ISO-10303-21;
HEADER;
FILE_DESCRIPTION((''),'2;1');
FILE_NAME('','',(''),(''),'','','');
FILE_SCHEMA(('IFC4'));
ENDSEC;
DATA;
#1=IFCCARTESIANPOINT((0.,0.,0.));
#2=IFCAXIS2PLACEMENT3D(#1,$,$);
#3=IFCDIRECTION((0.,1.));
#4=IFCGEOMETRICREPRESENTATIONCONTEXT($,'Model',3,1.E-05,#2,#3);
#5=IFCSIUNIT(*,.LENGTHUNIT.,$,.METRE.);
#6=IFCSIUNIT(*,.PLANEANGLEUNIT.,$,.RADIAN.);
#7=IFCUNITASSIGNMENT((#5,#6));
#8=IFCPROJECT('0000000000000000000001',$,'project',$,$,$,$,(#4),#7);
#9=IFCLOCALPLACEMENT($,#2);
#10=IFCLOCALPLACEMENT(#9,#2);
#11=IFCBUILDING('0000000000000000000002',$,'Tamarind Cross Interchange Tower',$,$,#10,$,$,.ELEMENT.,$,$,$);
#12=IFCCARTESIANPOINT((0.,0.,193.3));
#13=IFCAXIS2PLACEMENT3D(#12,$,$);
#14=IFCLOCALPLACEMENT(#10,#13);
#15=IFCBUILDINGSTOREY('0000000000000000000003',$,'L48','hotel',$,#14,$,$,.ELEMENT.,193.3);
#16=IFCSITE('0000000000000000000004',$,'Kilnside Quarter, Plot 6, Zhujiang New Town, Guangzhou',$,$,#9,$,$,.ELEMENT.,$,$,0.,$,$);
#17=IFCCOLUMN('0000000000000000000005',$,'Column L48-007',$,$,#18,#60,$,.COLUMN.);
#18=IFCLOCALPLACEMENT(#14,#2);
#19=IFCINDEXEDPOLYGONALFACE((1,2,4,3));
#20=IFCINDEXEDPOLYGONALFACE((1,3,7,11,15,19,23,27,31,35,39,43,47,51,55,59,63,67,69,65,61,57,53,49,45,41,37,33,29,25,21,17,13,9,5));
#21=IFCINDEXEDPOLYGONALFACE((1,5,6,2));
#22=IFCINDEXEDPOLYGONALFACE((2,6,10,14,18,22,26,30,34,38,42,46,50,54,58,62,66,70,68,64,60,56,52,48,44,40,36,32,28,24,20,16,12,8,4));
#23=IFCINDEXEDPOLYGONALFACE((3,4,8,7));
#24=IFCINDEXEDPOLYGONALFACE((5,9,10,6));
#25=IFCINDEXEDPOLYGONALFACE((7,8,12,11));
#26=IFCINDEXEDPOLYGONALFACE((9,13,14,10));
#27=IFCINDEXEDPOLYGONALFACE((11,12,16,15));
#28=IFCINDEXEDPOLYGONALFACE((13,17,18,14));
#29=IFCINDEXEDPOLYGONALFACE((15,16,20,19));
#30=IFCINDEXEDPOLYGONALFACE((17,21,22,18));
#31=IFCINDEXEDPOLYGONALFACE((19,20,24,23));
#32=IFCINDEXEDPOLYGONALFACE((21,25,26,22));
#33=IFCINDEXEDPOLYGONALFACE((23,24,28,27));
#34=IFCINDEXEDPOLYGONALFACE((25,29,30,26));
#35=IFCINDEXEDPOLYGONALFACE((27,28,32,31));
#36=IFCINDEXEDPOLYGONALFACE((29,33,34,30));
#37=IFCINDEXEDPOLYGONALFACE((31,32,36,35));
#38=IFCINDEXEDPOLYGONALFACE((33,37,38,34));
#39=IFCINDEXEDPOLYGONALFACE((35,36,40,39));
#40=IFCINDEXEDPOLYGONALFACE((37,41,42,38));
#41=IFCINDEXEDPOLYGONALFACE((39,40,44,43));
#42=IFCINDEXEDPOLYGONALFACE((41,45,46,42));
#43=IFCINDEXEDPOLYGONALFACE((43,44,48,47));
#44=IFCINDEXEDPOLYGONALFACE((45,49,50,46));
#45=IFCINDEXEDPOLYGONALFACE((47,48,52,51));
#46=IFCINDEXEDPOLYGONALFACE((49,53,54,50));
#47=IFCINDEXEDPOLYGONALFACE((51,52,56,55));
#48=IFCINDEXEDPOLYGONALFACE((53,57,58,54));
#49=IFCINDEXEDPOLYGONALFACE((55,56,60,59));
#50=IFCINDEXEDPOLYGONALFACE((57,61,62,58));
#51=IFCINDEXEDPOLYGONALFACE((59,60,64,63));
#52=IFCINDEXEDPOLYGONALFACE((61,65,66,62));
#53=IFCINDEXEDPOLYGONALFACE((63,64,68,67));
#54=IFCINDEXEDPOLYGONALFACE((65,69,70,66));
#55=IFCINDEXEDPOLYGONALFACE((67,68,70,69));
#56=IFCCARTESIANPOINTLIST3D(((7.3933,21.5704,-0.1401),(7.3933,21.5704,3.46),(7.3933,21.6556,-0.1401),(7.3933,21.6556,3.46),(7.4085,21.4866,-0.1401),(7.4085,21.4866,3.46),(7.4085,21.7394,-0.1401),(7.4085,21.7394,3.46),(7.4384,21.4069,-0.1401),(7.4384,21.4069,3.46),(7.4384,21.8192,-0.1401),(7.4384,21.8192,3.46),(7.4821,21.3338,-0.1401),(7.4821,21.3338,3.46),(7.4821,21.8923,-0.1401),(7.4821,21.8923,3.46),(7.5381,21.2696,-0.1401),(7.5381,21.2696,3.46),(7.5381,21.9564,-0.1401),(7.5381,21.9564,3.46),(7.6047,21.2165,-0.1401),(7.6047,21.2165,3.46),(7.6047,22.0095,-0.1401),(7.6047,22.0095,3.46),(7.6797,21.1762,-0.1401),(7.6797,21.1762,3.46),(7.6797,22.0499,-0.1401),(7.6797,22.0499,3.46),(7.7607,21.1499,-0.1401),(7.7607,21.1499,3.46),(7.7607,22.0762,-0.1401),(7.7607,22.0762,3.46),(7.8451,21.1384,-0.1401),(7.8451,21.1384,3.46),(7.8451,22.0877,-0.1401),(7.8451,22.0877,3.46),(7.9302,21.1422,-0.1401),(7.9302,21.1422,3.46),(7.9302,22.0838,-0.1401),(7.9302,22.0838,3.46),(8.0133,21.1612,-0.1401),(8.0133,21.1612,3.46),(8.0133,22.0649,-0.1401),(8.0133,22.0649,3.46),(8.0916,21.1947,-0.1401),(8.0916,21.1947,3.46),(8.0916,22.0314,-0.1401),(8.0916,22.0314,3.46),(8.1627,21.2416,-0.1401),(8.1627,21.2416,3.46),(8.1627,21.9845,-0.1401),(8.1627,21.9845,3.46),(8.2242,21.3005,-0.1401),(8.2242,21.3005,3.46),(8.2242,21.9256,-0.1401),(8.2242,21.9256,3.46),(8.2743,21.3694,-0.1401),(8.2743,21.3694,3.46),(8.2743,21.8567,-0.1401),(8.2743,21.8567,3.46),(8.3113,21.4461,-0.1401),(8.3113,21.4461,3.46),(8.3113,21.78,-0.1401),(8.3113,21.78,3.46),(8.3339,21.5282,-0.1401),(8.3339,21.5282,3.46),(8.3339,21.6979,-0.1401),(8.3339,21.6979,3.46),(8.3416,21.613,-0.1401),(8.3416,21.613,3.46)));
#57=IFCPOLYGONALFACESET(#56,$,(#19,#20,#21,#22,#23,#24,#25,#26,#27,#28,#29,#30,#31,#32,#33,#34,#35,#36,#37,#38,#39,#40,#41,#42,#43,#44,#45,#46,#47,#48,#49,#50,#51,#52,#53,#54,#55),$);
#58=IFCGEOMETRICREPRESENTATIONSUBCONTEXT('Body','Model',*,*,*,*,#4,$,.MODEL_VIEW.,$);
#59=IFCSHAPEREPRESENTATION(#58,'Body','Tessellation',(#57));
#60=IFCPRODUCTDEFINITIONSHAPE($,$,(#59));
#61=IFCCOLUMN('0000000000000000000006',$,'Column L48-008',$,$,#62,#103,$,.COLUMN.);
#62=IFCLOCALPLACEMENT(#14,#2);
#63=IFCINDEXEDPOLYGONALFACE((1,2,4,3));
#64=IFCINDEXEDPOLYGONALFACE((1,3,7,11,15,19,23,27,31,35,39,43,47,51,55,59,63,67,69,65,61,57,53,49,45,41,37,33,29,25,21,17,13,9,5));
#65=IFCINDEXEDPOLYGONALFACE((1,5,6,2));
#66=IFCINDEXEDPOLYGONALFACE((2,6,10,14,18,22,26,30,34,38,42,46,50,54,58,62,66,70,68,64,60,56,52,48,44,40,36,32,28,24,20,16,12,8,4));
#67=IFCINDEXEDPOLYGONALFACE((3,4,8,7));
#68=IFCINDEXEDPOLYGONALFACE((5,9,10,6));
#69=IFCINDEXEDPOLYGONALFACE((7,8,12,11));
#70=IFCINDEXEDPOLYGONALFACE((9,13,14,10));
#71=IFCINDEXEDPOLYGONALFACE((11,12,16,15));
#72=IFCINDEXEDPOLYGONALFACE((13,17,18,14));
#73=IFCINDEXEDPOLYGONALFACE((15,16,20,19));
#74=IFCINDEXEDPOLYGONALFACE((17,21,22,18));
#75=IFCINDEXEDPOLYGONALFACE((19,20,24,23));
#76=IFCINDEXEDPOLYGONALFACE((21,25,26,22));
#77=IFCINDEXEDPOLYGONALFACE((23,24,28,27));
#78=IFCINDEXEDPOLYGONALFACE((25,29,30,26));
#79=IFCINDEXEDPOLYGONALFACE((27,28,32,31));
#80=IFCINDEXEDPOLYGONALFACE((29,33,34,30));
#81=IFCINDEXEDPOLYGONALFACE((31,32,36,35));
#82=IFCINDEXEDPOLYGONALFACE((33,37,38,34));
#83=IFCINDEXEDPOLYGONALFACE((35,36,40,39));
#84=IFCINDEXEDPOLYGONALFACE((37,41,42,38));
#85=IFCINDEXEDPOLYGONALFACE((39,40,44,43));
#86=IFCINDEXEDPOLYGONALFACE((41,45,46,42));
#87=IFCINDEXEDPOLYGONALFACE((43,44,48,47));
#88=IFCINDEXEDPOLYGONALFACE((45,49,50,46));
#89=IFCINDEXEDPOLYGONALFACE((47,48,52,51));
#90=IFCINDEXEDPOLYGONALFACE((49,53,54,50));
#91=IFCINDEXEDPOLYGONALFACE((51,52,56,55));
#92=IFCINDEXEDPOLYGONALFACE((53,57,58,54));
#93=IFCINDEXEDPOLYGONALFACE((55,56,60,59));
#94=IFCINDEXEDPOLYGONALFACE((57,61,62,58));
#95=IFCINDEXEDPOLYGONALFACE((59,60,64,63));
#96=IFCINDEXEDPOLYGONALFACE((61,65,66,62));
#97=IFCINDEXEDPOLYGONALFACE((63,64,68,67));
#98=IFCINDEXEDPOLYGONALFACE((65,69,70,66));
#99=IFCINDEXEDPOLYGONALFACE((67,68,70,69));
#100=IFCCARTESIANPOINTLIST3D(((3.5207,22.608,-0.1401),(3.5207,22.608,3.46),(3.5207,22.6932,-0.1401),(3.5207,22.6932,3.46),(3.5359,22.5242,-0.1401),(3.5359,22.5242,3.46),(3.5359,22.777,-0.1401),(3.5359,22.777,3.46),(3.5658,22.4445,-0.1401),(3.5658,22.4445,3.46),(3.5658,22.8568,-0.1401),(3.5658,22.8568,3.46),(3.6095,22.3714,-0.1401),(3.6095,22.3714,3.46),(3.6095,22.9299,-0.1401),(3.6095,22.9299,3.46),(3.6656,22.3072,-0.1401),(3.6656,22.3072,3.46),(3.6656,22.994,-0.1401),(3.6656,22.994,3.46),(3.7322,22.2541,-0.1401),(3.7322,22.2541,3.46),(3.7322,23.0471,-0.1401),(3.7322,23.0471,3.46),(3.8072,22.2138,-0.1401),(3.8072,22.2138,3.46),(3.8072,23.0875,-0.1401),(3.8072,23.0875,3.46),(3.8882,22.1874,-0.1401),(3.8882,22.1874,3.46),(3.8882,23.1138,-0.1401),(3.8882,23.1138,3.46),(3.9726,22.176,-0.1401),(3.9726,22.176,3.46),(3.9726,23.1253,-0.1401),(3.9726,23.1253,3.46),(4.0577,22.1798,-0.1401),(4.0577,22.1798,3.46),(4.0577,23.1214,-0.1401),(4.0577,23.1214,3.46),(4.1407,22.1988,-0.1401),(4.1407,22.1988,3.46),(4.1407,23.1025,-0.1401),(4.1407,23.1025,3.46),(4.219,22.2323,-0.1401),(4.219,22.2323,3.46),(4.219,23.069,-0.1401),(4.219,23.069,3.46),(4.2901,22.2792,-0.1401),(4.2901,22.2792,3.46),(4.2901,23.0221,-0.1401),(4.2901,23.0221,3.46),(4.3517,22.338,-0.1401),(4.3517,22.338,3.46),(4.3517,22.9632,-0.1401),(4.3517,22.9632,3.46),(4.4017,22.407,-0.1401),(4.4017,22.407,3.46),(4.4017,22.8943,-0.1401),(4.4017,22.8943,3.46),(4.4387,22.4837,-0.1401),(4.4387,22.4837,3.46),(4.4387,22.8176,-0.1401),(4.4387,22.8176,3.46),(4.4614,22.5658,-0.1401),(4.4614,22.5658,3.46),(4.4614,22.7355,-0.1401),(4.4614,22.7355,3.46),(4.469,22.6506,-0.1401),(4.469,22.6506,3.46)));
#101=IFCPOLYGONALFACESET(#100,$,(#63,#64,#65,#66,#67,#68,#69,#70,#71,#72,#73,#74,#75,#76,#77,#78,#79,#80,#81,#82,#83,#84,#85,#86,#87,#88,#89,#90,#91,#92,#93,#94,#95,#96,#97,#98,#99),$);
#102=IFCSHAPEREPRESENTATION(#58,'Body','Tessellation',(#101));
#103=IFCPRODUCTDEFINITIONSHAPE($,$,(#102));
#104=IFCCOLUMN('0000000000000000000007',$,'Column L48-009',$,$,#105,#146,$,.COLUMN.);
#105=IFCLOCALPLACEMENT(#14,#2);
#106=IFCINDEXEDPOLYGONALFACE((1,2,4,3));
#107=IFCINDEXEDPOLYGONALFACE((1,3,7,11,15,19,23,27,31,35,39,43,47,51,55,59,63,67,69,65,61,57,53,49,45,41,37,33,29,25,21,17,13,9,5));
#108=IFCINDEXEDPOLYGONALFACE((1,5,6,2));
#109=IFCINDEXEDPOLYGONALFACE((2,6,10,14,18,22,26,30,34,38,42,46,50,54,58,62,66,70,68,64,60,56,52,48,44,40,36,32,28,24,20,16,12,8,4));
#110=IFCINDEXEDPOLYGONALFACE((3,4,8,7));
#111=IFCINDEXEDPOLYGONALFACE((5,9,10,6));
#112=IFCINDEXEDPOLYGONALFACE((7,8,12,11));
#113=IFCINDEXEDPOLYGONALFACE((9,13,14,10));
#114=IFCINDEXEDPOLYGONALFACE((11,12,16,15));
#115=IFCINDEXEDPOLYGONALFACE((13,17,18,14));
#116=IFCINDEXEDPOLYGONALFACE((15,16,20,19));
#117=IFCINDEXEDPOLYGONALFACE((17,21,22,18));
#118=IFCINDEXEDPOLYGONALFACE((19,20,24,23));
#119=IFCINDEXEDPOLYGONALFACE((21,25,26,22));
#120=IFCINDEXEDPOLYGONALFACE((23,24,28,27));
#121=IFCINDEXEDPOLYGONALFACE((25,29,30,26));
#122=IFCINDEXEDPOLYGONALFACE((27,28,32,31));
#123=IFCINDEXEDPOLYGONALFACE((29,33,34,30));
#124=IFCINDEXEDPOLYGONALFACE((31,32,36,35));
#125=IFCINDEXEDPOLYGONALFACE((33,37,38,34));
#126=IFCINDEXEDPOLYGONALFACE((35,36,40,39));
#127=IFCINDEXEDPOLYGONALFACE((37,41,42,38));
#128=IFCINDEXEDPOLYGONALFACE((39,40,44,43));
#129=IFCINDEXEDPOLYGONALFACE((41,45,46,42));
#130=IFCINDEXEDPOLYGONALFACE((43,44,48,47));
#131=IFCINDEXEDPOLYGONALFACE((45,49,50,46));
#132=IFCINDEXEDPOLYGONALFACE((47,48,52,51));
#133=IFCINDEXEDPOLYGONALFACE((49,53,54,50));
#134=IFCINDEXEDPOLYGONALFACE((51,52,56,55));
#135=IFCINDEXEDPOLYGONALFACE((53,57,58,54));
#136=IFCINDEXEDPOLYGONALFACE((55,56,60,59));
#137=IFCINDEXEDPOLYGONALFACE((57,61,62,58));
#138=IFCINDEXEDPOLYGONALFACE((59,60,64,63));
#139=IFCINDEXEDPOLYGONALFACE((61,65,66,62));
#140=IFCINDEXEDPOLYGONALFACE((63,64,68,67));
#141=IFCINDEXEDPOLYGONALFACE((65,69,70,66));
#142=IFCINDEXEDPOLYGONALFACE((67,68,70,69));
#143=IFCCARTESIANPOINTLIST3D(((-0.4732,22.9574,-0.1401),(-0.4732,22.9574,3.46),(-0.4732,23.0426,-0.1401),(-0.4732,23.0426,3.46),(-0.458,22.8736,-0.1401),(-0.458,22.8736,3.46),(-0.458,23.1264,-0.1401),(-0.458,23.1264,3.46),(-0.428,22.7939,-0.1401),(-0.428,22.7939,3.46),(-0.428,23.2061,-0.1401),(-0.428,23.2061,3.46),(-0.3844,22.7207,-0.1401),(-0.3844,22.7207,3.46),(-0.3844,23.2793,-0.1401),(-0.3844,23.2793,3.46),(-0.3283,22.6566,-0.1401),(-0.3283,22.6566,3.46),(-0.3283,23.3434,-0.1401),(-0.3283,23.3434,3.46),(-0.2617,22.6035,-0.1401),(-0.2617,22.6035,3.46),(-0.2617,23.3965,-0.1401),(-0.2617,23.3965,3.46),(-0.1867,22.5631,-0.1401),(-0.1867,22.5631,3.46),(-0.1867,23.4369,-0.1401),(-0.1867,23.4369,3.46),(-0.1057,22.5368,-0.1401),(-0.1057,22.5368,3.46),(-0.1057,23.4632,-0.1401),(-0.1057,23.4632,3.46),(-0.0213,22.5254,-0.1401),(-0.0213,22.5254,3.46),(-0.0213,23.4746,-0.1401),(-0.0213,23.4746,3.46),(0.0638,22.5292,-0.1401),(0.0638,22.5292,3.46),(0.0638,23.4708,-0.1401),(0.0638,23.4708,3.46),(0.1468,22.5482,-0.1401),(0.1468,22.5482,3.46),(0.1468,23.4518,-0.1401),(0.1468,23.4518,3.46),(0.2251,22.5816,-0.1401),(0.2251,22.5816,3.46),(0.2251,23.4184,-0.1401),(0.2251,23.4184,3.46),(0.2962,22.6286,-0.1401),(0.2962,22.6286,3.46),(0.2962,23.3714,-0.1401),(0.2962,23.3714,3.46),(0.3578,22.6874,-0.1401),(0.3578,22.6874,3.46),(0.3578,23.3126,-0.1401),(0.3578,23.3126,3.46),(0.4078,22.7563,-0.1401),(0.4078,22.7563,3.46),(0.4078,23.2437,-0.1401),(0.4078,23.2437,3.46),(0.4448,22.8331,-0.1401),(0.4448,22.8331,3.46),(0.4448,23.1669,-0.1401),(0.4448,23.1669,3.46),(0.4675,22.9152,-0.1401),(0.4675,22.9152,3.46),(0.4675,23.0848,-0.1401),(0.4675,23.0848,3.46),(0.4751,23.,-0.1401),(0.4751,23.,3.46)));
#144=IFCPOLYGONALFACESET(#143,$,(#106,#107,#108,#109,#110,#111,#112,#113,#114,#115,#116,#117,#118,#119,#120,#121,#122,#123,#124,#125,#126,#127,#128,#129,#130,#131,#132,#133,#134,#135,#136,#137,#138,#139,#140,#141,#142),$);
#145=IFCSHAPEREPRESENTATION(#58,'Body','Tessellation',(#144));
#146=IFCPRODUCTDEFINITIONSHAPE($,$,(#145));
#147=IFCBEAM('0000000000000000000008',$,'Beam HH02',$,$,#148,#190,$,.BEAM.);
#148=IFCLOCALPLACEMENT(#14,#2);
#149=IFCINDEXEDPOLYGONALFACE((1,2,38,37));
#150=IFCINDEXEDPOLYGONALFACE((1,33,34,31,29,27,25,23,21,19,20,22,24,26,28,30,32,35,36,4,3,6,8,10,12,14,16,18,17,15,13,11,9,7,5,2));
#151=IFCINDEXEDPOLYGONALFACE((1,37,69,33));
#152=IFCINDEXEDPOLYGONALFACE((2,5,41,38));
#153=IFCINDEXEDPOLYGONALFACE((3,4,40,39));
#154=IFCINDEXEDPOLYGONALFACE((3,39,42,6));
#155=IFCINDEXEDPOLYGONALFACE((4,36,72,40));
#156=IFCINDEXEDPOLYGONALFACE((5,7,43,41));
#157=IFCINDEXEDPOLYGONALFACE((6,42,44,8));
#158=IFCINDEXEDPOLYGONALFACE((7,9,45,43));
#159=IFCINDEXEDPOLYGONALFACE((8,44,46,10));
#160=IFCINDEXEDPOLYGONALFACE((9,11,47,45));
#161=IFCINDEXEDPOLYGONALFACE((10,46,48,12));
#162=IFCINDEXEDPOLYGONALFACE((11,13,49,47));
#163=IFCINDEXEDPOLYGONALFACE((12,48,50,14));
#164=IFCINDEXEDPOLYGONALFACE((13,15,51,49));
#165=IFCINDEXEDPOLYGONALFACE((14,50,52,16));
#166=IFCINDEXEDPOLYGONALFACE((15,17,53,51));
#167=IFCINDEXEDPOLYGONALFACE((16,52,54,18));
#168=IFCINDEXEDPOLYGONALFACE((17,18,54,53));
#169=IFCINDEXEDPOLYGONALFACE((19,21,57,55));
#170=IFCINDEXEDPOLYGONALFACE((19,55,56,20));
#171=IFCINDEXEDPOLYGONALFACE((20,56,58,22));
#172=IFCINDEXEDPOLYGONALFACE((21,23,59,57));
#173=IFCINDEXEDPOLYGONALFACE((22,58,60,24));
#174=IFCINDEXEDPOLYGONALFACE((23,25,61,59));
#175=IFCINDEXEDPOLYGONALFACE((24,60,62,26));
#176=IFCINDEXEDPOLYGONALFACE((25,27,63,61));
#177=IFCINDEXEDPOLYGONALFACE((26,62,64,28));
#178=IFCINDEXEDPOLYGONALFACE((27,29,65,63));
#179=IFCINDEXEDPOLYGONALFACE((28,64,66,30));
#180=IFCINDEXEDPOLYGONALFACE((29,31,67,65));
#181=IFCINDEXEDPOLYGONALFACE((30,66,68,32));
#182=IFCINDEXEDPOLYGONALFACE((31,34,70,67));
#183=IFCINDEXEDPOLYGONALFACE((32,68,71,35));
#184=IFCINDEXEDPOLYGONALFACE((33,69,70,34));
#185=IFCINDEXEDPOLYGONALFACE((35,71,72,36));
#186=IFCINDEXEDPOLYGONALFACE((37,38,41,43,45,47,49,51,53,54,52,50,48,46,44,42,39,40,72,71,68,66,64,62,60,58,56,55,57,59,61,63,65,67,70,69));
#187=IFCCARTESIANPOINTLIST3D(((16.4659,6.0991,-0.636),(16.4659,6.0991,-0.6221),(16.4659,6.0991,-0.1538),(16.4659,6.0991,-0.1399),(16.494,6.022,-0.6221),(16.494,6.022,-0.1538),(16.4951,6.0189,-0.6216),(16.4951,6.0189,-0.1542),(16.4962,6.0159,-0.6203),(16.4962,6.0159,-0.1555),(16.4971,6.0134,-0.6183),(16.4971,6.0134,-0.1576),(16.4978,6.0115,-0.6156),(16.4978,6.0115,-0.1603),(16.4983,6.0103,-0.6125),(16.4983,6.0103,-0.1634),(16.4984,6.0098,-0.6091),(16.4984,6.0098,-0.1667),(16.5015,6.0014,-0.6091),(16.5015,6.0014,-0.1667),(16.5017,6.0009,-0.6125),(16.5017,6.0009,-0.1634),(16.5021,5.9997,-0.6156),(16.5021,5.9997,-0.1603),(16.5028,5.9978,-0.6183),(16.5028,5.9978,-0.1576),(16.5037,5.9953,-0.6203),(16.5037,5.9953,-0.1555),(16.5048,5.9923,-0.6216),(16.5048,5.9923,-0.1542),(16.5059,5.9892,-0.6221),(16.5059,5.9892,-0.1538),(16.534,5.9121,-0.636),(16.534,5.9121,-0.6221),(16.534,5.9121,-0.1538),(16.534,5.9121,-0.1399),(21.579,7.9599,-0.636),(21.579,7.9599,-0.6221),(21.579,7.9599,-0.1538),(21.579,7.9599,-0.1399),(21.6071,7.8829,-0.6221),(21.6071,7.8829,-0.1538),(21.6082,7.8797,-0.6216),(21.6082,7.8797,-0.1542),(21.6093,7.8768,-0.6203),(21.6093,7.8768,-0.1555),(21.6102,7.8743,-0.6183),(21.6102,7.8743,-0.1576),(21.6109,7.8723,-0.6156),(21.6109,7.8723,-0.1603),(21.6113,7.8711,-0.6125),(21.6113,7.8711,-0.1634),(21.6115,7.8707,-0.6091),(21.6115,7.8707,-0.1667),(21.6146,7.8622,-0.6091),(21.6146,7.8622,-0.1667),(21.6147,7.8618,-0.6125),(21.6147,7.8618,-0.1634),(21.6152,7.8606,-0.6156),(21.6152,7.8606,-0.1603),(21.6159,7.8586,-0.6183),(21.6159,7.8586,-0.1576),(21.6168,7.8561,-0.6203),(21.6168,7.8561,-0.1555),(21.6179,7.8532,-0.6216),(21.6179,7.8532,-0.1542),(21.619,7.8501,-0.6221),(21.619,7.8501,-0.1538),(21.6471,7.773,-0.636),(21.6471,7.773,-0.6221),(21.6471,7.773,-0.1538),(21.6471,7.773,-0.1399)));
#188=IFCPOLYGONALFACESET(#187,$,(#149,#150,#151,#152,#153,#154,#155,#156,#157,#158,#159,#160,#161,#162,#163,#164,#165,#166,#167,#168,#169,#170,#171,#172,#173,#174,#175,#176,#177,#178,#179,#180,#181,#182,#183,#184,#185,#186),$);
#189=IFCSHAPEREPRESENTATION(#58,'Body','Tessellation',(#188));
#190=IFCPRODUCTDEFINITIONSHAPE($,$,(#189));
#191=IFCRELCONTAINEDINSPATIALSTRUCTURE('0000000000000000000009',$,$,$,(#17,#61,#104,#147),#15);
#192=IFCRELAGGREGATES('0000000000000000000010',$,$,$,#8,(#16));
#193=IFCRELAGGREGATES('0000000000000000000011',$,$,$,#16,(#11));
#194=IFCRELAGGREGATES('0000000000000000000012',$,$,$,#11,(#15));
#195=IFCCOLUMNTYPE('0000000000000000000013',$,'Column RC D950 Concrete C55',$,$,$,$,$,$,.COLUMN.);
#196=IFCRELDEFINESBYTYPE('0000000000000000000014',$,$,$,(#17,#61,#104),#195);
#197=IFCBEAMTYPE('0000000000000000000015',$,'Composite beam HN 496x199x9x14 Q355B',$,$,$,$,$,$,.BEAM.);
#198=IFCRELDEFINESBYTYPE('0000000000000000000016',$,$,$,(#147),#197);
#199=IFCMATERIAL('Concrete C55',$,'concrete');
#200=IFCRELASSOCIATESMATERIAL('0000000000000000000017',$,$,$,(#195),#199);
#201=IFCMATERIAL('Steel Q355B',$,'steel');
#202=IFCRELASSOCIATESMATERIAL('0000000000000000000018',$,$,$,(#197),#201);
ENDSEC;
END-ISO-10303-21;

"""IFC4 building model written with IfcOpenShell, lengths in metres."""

from ifc_helpers import new_model, si_unit, direction, frame, origin, origin_2d, place, context, subcontext, project, spatial, circle, i_section, extrude, material, material_profile, profile_set, type_object, element, save


model = new_model("IFC4")

# Units and contexts
model_context = context("Model", 3, precision=1e-05, world=origin(), true_north=direction((0.0, 1.0)))
body_context = subcontext(model_context, "Body", "Model", "MODEL_VIEW")
ifc_project = project(units=[si_unit("LENGTHUNIT", "METRE"), si_unit("PLANEANGLEUNIT", "RADIAN")], contexts=[model_context])

# Site, building, storey
site_placement = place(None, origin())
site = spatial("IfcSite", under=ifc_project, at=site_placement, Name="Kilnside Quarter, Plot 6, Zhujiang New Town, Guangzhou", CompositionType="ELEMENT", RefElevation=0.0)
building_placement = place(site_placement, origin())
building = spatial("IfcBuilding", under=site, at=building_placement, Name="Tamarind Cross Interchange Tower", CompositionType="ELEMENT")
storey_placement = place(building_placement, frame((0.0, 0.0, 193.3)))
storey = spatial("IfcBuildingStorey", under=building, at=storey_placement, Name="L48", Description="hotel", CompositionType="ELEMENT", Elevation=193.3)

# Columns
ifc_material_1 = material(Name="Concrete C55", Category="concrete")
ifc_material_profile_1 = material_profile(ifc_material_1, circle(Radius=0.4751, at=origin_2d()), Name="RC D950")
ifc_profile_set_1 = profile_set([ifc_material_profile_1], Name="Concrete C55")
column_type = type_object("IfcColumnType", Name="Column RC D950 Concrete C55", PredefinedType="COLUMN", material=ifc_profile_set_1)
for number, where, z_axis, x_axis, name in (
    (1, (7.8665, 21.613, -0.1401), (0.0, 0.0, 1.0), (1.0, 0.0, 0.0), "Column L48-007"),
    (2, (3.9939, 22.6506, -0.1401), (0.0, 0.0, 1.0), (1.0, 0.0, 0.0), "Column L48-008"),
    (3, (0.0, 23.0, -0.1401), (0.0, 0.0, 1.0), (1.0, 0.0, 0.0), "Column L48-009"),
):
    element("IfcColumn", number, at=place(storey_placement, frame(where, z_axis=z_axis, x_axis=x_axis)), inside=storey, type_object=column_type, Name=name, PredefinedType="COLUMN", context=body_context, shape_type="SweptSolid", body=[
        extrude(circle(Radius=0.4751, at=origin_2d()), origin(), (0.0, 0.0, 1.0), 3.6001),
    ])

# Beam
ifc_material_2 = material(Name="Steel Q355B", Category="steel")
ifc_material_profile_2 = material_profile(ifc_material_2, i_section(OverallWidth=0.199, OverallDepth=0.4961, WebThickness=0.009, FlangeThickness=0.0139, FilletRadius=0.0129, at=origin_2d()), Name="HN 496x199x9x14")
ifc_profile_set_2 = profile_set([ifc_material_profile_2], Name="Steel Q355B")
beam_type = type_object("IfcBeamType", Name="Composite beam HN 496x199x9x14 Q355B", PredefinedType="BEAM", material=ifc_profile_set_2)
beam_1_placement = place(storey_placement, frame((21.613, 7.8665, -0.3879), z_axis=(-0.939702, -0.341995, 0.0), x_axis=(0.341995, -0.939702, 0.0)))
element("IfcBeam", 4, at=beam_1_placement, inside=storey, type_object=beam_type, Name="Beam HH02", PredefinedType="BEAM", context=body_context, shape_type="SweptSolid", body=[
    extrude(i_section(OverallWidth=0.199, OverallDepth=0.4961, WebThickness=0.009, FlangeThickness=0.0139, FilletRadius=0.0129, at=origin_2d()), origin(), (0.0, 0.0, 1.0), 5.4412),
])

save(model, "model.ifc")
